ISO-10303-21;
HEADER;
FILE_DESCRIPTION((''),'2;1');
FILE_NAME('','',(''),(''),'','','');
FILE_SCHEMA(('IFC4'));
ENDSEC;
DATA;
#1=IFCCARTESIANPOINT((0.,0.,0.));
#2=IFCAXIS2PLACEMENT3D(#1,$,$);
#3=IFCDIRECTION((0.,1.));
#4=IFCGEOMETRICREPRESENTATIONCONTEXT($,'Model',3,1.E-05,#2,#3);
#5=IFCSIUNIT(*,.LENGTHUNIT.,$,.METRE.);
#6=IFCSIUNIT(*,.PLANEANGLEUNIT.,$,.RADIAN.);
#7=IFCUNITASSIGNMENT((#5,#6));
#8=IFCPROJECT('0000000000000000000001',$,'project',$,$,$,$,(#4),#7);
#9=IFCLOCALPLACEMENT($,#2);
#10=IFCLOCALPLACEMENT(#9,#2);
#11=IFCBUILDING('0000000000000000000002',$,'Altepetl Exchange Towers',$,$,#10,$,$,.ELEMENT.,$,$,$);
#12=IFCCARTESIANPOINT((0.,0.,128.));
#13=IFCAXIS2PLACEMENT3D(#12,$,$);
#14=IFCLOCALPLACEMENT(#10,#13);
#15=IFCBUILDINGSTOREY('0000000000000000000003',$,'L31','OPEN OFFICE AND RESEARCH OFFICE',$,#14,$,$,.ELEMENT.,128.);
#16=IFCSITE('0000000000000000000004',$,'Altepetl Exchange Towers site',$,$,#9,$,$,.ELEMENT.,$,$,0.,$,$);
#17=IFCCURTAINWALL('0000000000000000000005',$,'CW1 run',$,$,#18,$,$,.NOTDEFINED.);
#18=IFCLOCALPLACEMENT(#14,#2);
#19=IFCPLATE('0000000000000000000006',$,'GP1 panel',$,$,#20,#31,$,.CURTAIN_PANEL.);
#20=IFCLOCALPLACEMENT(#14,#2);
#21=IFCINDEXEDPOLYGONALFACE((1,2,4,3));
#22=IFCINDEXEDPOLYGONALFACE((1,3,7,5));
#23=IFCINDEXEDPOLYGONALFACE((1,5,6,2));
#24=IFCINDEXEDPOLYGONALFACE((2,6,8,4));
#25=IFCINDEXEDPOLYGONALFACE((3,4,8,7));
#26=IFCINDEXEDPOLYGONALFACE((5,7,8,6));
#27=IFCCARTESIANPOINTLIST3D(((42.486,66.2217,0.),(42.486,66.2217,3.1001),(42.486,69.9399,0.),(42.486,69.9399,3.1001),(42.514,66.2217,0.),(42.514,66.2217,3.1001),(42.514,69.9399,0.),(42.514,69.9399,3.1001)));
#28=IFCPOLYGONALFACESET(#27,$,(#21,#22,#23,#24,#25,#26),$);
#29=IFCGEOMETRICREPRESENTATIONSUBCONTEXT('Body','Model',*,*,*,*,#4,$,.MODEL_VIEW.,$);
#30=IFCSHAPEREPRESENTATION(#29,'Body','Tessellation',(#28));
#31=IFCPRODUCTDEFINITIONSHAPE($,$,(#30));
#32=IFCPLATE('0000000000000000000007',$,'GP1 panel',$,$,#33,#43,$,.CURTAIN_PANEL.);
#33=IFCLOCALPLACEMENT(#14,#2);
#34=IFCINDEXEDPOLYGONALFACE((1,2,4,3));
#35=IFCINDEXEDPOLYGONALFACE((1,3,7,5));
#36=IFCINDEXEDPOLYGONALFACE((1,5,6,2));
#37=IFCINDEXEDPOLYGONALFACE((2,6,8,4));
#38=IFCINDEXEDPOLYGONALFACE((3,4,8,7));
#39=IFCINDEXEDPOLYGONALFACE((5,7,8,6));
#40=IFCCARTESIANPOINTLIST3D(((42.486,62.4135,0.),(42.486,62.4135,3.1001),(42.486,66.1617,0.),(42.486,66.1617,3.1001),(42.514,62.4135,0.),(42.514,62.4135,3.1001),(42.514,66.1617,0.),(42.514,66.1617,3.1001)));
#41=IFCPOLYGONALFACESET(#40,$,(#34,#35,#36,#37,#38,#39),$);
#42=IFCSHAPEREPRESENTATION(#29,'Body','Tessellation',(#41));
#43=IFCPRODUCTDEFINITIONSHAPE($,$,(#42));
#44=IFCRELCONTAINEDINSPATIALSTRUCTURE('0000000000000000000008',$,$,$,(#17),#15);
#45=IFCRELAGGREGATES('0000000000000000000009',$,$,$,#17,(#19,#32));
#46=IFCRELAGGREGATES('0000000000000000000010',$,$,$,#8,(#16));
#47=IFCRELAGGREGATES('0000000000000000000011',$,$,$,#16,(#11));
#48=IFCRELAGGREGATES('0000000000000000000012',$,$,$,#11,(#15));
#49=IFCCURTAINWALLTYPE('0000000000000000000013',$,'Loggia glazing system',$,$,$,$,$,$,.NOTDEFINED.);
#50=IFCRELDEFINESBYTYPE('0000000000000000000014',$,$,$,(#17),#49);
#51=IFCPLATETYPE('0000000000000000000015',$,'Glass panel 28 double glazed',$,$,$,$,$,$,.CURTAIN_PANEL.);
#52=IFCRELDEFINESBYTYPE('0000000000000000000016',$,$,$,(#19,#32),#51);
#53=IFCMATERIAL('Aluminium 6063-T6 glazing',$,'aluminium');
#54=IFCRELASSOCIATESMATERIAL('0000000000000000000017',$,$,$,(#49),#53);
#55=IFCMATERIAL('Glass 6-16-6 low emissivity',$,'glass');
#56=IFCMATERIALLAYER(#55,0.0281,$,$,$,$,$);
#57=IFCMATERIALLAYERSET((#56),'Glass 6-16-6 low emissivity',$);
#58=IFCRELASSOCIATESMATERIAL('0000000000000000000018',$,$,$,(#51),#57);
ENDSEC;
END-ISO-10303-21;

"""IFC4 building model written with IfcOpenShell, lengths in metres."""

from ifc_helpers import new_model, si_unit, direction, frame, origin, origin_2d, place, context, subcontext, project, spatial, rectangle, extrude, material, layer, layer_set, type_object, element, aggregate, save


model = new_model("IFC4")

# Units and contexts
model_context = context("Model", 3, precision=1e-05, world=origin(), true_north=direction((0.0, 1.0)))
body_context = subcontext(model_context, "Body", "Model", "MODEL_VIEW")
ifc_project = project(units=[si_unit("LENGTHUNIT", "METRE"), si_unit("PLANEANGLEUNIT", "RADIAN")], contexts=[model_context])

# Site, building, storey
site_placement = place(None, origin())
site = spatial("IfcSite", under=ifc_project, at=site_placement, Name="Altepetl Exchange Towers site", CompositionType="ELEMENT", RefElevation=0.0)
building_placement = place(site_placement, origin())
building = spatial("IfcBuilding", under=site, at=building_placement, Name="Altepetl Exchange Towers", CompositionType="ELEMENT")
storey_placement = place(building_placement, frame((0.0, 0.0, 128.0)))
storey = spatial("IfcBuildingStorey", under=building, at=storey_placement, Name="L31", Description="OPEN OFFICE AND RESEARCH OFFICE", CompositionType="ELEMENT", Elevation=128.0)

# Curtain wall
ifc_material_1 = material(Name="Aluminium 6063-T6 glazing", Category="aluminium")
curtain_wall_type = type_object("IfcCurtainWallType", Name="Loggia glazing system", PredefinedType="NOTDEFINED", material=ifc_material_1)
curtain_wall_1_placement = place(storey_placement, origin())
curtain_wall_1 = element("IfcCurtainWall", 1, at=curtain_wall_1_placement, inside=storey, type_object=curtain_wall_type, Name="CW1 run", PredefinedType="NOTDEFINED")

# Plates
ifc_material_2 = material(Name="Glass 6-16-6 low emissivity", Category="glass")
ifc_layer = layer(ifc_material_2, 0.0281)
ifc_layer_set = layer_set([ifc_layer], Name="Glass 6-16-6 low emissivity")
plate_type = type_object("IfcPlateType", Name="Glass panel 28 double glazed", PredefinedType="CURTAIN_PANEL", material=ifc_layer_set)
plate_1_placement = place(storey_placement, frame((42.5, 68.0808, 0.0), z_axis=(0.0, 0.0, 1.0), x_axis=(0.0, -1.0, 0.0)))
plate_1 = element("IfcPlate", 2, at=plate_1_placement, type_object=plate_type, Name="GP1 panel", PredefinedType="CURTAIN_PANEL", context=body_context, shape_type="SweptSolid", body=[
    extrude(rectangle(XDim=3.7183, YDim=0.0281, at=origin_2d()), origin(), (0.0, 0.0, 1.0), 3.1001),
])
plate_2_placement = place(storey_placement, frame((42.5, 64.2876, 0.0), z_axis=(0.0, 0.0, 1.0), x_axis=(0.0, -1.0, 0.0)))
plate_2 = element("IfcPlate", 3, at=plate_2_placement, type_object=plate_type, Name="GP1 panel", PredefinedType="CURTAIN_PANEL", context=body_context, shape_type="SweptSolid", body=[
    extrude(rectangle(XDim=3.7483, YDim=0.0281, at=origin_2d()), origin(), (0.0, 0.0, 1.0), 3.1001),
])
aggregate(curtain_wall_1, [plate_1, plate_2])

save(model, "model.ifc")
